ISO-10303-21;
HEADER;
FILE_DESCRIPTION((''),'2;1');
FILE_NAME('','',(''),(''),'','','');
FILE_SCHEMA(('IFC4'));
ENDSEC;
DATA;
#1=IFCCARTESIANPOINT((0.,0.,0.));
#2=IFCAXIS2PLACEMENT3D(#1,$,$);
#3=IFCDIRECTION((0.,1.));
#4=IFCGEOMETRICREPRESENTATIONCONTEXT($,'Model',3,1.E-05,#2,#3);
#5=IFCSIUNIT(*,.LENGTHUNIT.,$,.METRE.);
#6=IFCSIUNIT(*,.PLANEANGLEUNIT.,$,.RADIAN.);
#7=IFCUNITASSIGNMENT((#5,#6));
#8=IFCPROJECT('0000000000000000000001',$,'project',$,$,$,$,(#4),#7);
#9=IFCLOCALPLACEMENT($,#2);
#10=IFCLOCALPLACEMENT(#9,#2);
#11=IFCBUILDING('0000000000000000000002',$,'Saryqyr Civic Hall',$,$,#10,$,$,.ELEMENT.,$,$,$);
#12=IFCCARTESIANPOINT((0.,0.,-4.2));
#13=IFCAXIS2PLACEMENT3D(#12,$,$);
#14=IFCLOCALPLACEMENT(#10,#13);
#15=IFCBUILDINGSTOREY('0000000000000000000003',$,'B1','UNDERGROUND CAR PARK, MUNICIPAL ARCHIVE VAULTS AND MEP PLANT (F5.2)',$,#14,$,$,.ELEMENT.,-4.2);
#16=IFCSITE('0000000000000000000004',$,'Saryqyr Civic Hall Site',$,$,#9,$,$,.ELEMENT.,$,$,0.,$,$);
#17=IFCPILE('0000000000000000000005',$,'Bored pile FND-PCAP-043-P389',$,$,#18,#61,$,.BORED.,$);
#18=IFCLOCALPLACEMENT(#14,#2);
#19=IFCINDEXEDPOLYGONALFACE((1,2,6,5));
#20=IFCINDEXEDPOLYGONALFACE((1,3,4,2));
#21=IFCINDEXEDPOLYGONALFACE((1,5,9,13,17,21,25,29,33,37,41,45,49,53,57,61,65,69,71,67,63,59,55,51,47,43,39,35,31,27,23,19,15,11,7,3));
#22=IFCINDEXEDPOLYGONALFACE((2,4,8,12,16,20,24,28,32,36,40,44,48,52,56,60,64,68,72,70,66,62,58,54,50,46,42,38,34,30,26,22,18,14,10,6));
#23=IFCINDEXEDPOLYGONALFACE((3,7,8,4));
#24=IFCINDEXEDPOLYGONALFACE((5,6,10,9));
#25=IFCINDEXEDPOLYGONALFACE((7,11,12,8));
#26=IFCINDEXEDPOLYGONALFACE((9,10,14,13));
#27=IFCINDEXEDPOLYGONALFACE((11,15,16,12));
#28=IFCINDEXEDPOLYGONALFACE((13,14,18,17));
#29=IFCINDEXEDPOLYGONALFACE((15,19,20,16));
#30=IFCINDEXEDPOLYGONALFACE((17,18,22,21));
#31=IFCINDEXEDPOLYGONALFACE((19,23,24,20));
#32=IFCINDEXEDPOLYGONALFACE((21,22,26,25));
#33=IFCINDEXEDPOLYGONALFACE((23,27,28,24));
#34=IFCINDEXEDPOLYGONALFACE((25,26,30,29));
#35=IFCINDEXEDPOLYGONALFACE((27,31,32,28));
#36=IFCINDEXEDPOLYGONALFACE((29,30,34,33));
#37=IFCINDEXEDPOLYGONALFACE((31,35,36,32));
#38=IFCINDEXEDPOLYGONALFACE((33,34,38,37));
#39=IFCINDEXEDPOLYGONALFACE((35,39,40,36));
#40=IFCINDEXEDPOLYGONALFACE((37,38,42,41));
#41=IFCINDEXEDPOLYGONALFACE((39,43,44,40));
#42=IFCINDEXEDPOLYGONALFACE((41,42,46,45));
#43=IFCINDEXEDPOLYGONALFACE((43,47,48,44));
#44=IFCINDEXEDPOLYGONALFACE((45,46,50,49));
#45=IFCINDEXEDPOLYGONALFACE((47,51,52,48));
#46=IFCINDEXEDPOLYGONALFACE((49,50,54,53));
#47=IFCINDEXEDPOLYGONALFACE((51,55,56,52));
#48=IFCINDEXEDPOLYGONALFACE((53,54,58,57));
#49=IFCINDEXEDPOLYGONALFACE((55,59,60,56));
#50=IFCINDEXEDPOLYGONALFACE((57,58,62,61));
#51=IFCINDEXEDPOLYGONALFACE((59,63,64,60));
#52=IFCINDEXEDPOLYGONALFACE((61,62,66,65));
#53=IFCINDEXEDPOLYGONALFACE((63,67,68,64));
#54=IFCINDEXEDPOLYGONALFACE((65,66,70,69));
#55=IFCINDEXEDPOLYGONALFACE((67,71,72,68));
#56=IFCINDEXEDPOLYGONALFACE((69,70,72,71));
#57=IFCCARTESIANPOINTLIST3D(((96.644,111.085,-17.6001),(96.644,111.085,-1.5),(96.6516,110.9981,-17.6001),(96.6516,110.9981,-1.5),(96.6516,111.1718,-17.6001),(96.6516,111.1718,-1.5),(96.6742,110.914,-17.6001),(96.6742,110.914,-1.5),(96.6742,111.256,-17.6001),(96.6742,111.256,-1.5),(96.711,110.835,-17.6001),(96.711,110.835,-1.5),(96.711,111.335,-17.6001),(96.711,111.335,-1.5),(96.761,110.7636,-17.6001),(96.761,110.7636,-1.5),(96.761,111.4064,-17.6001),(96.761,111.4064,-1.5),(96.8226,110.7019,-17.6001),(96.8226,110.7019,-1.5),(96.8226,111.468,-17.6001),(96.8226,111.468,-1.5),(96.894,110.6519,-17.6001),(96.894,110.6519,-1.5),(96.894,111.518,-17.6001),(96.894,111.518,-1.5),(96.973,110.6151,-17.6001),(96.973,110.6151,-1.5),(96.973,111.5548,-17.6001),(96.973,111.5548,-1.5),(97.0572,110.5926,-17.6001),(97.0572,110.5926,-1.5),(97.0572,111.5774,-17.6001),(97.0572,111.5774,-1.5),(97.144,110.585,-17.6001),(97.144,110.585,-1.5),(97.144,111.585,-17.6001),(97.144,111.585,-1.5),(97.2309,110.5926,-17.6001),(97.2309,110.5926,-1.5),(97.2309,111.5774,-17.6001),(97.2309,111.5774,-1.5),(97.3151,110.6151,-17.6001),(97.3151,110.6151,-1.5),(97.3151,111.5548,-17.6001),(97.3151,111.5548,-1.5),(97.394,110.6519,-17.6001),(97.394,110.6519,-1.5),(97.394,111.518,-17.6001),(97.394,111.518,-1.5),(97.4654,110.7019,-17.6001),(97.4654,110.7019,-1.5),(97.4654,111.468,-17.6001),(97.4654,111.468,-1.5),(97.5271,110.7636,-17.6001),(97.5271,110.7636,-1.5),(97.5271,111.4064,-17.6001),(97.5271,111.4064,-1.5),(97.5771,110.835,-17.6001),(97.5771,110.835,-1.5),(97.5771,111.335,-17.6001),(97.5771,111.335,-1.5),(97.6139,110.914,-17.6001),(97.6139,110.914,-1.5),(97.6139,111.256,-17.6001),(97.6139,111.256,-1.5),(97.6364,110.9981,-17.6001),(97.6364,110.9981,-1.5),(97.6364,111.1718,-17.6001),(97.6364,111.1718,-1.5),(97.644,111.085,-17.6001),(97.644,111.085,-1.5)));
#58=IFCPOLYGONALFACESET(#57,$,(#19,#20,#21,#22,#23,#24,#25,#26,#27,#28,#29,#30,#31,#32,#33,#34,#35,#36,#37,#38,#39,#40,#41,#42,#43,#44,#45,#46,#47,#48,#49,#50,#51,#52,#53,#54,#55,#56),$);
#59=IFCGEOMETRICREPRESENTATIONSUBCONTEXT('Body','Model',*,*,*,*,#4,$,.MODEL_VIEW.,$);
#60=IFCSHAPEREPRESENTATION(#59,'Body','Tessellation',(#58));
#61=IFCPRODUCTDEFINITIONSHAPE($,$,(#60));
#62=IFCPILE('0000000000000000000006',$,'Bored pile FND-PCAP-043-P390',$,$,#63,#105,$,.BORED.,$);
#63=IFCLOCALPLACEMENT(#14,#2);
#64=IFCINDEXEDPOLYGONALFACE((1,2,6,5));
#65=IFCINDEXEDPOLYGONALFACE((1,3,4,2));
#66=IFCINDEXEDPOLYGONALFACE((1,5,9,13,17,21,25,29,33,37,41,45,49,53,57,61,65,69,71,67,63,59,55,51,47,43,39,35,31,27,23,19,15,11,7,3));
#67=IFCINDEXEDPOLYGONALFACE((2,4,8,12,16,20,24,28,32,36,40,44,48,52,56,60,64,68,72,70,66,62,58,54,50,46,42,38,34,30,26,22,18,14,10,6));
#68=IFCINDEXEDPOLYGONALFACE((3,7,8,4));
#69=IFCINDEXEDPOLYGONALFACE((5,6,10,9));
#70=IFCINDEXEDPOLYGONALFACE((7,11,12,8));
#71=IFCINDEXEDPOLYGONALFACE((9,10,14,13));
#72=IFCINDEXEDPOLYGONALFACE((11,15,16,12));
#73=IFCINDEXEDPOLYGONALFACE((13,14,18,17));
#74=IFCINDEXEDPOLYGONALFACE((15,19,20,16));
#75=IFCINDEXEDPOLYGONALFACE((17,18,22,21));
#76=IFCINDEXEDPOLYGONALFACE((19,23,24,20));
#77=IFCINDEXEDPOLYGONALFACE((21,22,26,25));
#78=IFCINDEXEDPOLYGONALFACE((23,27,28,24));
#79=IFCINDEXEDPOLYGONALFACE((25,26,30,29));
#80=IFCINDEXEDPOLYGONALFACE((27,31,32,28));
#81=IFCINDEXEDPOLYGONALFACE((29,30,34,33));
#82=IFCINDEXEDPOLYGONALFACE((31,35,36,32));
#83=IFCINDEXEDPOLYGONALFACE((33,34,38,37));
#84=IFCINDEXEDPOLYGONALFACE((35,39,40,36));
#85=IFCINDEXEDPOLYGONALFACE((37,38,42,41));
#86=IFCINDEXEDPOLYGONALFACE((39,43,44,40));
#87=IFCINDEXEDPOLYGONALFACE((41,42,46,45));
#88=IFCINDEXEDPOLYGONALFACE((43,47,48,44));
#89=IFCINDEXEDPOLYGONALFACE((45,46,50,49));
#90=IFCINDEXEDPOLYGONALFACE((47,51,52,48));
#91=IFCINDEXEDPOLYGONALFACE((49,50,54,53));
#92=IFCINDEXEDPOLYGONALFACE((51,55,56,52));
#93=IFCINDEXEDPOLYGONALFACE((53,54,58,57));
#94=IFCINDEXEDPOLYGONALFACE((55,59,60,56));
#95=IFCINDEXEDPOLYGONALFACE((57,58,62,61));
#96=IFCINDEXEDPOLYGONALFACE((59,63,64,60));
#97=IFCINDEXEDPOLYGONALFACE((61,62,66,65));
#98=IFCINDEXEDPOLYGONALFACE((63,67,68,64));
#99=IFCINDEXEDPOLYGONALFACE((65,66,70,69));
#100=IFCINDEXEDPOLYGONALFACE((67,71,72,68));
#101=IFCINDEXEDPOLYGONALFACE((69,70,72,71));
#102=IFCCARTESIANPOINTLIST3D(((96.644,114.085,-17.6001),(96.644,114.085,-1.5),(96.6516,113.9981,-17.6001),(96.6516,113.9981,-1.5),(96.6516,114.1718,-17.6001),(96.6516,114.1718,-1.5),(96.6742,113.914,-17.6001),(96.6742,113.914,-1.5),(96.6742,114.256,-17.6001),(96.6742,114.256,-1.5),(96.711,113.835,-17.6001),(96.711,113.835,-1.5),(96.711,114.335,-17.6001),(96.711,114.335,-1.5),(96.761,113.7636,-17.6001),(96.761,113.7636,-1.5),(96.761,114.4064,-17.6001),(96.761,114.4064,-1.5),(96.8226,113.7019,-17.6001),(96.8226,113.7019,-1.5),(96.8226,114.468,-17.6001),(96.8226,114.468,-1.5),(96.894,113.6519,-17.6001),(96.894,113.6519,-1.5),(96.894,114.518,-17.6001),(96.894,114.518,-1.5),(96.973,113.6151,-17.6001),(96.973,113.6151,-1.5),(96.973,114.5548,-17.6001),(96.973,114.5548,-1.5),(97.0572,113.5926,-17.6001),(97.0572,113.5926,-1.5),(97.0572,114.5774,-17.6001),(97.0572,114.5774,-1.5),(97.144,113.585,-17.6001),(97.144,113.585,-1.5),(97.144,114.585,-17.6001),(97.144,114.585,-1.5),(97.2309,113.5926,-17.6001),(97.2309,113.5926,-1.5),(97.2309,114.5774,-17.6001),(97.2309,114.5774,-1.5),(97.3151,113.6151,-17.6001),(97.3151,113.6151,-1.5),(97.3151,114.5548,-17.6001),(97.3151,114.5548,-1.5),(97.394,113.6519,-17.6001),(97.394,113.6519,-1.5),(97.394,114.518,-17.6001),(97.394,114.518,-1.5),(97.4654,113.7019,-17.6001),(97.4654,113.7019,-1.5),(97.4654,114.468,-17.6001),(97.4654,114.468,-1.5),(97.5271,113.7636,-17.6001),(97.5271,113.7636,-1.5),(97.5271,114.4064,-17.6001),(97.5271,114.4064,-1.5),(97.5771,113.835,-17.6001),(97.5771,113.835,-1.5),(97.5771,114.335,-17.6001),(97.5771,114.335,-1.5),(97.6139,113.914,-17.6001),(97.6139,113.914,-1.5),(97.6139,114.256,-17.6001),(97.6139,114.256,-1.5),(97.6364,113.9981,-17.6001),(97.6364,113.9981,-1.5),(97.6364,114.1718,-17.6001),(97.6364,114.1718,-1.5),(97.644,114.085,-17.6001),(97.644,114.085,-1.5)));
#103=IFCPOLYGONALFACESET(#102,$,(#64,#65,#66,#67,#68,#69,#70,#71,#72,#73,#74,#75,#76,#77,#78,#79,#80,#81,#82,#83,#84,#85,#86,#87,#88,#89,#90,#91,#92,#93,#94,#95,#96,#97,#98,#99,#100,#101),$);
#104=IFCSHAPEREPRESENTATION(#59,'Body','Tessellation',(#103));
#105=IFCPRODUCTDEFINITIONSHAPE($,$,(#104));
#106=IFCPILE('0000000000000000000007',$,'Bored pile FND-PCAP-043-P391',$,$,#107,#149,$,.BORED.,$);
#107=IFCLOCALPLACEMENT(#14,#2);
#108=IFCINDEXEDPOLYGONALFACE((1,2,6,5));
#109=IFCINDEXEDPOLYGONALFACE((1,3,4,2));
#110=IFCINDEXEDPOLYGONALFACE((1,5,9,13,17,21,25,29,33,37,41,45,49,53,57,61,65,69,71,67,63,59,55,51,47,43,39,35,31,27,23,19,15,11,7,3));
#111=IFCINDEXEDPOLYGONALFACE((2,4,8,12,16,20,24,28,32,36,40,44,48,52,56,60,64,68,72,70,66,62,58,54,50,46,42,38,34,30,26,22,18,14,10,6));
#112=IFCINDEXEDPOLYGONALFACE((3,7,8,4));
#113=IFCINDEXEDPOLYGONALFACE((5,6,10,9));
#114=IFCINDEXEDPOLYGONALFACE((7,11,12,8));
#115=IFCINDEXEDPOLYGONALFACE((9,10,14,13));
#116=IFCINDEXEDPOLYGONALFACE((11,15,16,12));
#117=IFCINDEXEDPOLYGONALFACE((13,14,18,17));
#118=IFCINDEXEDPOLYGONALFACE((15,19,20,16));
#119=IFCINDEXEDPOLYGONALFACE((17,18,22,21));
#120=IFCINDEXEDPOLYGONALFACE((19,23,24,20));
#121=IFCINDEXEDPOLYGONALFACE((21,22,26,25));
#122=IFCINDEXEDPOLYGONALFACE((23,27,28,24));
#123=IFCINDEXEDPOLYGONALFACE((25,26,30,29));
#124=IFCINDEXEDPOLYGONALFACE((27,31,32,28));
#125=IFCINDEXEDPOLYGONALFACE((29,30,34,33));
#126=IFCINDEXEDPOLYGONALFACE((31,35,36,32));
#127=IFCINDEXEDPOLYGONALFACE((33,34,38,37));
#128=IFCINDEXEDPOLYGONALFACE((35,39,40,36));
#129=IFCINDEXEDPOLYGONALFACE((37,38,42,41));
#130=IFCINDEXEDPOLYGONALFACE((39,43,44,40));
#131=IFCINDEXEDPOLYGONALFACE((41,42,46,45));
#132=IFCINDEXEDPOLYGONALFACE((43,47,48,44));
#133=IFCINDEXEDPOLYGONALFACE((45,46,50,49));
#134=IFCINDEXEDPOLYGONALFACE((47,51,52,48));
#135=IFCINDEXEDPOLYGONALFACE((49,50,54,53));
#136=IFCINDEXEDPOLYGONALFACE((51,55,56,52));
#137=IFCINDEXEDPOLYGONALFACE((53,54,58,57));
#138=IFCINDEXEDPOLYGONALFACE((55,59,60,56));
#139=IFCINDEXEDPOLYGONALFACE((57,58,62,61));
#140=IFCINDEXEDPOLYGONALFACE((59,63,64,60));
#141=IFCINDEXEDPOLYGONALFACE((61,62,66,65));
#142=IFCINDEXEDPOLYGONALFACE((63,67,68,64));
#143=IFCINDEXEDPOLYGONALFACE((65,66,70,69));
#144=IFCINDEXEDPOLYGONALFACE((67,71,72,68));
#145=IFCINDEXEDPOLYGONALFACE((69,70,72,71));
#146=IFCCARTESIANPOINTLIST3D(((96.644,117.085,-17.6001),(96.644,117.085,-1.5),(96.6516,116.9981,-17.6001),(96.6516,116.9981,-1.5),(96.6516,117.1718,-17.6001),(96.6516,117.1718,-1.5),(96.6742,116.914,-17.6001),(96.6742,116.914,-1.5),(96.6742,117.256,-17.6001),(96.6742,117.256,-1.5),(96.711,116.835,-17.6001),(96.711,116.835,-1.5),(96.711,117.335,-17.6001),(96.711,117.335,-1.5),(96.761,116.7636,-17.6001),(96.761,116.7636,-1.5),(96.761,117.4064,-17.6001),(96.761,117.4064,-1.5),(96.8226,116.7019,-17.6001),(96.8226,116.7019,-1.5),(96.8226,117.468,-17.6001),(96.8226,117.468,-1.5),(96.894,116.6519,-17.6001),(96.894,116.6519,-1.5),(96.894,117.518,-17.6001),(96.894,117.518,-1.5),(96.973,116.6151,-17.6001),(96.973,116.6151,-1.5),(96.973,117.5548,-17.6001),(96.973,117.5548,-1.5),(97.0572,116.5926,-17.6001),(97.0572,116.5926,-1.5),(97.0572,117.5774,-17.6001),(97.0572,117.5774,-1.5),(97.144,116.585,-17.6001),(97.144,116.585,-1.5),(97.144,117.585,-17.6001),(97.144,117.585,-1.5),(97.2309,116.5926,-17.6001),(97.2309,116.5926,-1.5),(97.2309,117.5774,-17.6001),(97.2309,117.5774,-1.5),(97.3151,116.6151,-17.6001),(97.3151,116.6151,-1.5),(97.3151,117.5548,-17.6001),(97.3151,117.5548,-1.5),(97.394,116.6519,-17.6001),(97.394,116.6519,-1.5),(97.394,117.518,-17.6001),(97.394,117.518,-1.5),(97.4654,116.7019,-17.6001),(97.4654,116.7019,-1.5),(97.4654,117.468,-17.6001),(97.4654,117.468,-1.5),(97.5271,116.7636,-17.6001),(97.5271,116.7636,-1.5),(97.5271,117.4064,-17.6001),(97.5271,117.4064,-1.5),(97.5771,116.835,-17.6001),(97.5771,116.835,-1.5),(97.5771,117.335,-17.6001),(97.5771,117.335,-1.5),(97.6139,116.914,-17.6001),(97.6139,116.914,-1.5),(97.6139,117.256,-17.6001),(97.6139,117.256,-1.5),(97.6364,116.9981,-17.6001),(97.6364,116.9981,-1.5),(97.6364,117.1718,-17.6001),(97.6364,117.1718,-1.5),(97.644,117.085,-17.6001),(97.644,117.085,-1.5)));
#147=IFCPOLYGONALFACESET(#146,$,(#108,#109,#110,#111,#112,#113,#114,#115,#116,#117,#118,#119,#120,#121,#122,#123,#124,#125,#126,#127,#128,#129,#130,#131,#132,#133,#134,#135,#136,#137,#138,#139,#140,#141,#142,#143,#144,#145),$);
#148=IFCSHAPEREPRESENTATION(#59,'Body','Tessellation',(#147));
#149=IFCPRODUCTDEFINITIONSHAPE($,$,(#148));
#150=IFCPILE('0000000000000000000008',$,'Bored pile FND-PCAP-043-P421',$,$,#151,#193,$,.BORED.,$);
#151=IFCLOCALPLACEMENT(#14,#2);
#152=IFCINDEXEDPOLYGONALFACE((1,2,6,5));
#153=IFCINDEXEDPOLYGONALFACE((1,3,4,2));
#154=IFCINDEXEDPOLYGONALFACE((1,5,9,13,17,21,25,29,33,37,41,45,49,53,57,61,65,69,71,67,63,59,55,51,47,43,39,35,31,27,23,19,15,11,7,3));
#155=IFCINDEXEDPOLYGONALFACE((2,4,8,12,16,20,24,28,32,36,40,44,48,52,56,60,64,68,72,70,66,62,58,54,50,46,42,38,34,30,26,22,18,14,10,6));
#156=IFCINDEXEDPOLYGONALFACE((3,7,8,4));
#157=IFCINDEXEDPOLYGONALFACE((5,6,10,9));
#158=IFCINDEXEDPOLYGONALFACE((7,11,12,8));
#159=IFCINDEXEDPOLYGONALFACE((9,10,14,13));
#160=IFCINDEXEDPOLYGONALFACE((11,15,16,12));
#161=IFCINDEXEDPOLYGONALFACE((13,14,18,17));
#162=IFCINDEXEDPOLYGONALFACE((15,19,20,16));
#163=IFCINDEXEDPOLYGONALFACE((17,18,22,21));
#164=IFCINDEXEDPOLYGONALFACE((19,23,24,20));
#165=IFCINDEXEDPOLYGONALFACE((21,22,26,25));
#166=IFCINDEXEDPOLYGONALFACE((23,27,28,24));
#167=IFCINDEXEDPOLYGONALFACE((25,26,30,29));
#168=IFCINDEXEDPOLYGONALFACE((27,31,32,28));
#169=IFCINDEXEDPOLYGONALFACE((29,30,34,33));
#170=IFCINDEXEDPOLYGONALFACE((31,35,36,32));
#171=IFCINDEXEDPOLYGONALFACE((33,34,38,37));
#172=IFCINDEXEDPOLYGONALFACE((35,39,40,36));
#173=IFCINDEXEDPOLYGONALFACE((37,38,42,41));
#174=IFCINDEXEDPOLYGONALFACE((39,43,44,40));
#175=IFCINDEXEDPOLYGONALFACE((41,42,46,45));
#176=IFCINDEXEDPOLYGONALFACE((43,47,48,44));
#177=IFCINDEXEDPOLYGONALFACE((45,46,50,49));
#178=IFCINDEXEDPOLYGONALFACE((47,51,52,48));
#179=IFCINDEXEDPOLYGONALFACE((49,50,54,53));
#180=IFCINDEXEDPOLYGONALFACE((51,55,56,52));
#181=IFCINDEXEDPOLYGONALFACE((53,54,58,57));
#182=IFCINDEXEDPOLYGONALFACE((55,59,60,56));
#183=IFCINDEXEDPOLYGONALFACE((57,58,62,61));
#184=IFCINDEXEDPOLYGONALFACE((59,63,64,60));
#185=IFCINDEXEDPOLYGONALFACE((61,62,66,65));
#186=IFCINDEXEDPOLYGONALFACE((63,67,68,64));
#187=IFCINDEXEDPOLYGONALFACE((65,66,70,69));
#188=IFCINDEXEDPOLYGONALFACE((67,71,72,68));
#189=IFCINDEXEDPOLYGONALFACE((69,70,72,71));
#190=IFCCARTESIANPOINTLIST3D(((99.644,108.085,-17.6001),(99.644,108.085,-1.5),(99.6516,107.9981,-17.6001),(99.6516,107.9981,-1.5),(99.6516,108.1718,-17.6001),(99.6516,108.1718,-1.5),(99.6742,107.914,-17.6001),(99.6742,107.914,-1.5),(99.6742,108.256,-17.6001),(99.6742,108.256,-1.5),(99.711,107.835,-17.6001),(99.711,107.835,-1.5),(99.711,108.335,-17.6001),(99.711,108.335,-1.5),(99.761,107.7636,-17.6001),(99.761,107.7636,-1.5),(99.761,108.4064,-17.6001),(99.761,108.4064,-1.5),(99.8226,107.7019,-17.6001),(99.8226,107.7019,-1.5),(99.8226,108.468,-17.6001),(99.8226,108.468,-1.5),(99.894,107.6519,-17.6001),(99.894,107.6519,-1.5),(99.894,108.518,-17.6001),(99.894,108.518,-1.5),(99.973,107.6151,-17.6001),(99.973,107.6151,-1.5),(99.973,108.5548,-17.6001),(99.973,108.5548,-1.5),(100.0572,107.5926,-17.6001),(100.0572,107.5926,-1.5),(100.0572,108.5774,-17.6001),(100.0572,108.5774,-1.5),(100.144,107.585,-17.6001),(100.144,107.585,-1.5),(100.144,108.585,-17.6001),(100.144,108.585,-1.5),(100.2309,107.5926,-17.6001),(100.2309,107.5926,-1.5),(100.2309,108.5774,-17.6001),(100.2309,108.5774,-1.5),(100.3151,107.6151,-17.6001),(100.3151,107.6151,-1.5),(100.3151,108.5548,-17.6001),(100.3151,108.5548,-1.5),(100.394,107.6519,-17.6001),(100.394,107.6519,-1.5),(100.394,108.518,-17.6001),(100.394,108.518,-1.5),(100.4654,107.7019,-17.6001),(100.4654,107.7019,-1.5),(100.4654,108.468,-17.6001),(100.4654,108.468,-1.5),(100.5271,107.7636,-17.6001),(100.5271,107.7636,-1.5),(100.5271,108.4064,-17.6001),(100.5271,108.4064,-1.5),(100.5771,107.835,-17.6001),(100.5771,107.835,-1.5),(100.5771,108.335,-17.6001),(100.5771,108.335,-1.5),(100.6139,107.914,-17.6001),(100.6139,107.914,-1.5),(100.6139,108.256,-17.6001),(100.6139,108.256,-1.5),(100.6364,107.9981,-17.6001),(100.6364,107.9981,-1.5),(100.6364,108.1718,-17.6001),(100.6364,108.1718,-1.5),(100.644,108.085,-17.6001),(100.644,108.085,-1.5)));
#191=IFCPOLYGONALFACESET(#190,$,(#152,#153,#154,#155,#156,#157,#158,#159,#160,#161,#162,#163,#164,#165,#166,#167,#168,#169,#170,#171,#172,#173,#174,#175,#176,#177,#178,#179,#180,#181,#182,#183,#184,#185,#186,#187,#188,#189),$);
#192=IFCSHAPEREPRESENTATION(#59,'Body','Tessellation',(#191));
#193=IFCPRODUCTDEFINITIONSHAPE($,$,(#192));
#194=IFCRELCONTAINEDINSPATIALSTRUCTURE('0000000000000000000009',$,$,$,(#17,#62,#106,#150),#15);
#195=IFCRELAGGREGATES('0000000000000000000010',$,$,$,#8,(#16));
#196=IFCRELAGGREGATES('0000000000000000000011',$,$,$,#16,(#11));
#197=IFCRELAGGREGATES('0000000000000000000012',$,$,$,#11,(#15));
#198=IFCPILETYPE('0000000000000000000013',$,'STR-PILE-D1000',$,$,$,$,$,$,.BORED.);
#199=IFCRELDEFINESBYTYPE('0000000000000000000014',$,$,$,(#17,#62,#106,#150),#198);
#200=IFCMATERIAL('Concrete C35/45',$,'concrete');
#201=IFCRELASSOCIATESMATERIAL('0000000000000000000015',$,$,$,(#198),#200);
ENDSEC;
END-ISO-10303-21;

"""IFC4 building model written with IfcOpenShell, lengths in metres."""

from ifc_helpers import new_model, si_unit, direction, frame, origin, origin_2d, place, context, subcontext, project, spatial, circle, extrude, material, material_profile, profile_set, type_object, element, save


model = new_model("IFC4")

# Units and contexts
model_context = context("Model", 3, precision=1e-05, world=origin(), true_north=direction((0.0, 1.0)))
body_context = subcontext(model_context, "Body", "Model", "MODEL_VIEW")
ifc_project = project(units=[si_unit("LENGTHUNIT", "METRE"), si_unit("PLANEANGLEUNIT", "RADIAN")], contexts=[model_context])

# Site, building, storey
site_placement = place(None, origin())
site = spatial("IfcSite", under=ifc_project, at=site_placement, Name="Saryqyr Civic Hall Site", CompositionType="ELEMENT", RefElevation=0.0)
building_placement = place(site_placement, origin())
building = spatial("IfcBuilding", under=site, at=building_placement, Name="Saryqyr Civic Hall", CompositionType="ELEMENT")
storey_placement = place(building_placement, frame((0.0, 0.0, -4.2)))
storey = spatial("IfcBuildingStorey", under=building, at=storey_placement, Name="B1", Description="UNDERGROUND CAR PARK, MUNICIPAL ARCHIVE VAULTS AND MEP PLANT (F5.2)", CompositionType="ELEMENT", Elevation=-4.2)

# Piles
ifc_material_1 = material(Name="Concrete C35/45", Category="concrete")
ifc_material_profile_1 = material_profile(ifc_material_1, circle(Radius=0.5, at=origin_2d()), Name="BORED PILE D1000")
ifc_profile_set_1 = profile_set([ifc_material_profile_1], Name="Concrete C35/45")
pile_type = type_object("IfcPileType", Name="STR-PILE-D1000", PredefinedType="BORED", material=ifc_profile_set_1)
for number, where, z_axis, x_axis, name in (
    (1, (97.144, 111.085, -1.5), (0.0, 0.0, -1.0), (1.0, 0.0, 0.0), "Bored pile FND-PCAP-043-P389"),
    (2, (97.144, 114.085, -1.5), (0.0, 0.0, -1.0), (1.0, 0.0, 0.0), "Bored pile FND-PCAP-043-P390"),
    (3, (97.144, 117.085, -1.5), (0.0, 0.0, -1.0), (1.0, 0.0, 0.0), "Bored pile FND-PCAP-043-P391"),
    (4, (100.144, 108.085, -1.5), (0.0, 0.0, -1.0), (1.0, 0.0, 0.0), "Bored pile FND-PCAP-043-P421"),
):
    element("IfcPile", number, at=place(storey_placement, frame(where, z_axis=z_axis, x_axis=x_axis)), inside=storey, type_object=pile_type, Name=name, PredefinedType="BORED", context=body_context, shape_type="SweptSolid", body=[
        extrude(circle(Radius=0.5, at=origin_2d()), origin(), (0.0, 0.0, 1.0), 16.1001),
    ])

save(model, "model.ifc")
